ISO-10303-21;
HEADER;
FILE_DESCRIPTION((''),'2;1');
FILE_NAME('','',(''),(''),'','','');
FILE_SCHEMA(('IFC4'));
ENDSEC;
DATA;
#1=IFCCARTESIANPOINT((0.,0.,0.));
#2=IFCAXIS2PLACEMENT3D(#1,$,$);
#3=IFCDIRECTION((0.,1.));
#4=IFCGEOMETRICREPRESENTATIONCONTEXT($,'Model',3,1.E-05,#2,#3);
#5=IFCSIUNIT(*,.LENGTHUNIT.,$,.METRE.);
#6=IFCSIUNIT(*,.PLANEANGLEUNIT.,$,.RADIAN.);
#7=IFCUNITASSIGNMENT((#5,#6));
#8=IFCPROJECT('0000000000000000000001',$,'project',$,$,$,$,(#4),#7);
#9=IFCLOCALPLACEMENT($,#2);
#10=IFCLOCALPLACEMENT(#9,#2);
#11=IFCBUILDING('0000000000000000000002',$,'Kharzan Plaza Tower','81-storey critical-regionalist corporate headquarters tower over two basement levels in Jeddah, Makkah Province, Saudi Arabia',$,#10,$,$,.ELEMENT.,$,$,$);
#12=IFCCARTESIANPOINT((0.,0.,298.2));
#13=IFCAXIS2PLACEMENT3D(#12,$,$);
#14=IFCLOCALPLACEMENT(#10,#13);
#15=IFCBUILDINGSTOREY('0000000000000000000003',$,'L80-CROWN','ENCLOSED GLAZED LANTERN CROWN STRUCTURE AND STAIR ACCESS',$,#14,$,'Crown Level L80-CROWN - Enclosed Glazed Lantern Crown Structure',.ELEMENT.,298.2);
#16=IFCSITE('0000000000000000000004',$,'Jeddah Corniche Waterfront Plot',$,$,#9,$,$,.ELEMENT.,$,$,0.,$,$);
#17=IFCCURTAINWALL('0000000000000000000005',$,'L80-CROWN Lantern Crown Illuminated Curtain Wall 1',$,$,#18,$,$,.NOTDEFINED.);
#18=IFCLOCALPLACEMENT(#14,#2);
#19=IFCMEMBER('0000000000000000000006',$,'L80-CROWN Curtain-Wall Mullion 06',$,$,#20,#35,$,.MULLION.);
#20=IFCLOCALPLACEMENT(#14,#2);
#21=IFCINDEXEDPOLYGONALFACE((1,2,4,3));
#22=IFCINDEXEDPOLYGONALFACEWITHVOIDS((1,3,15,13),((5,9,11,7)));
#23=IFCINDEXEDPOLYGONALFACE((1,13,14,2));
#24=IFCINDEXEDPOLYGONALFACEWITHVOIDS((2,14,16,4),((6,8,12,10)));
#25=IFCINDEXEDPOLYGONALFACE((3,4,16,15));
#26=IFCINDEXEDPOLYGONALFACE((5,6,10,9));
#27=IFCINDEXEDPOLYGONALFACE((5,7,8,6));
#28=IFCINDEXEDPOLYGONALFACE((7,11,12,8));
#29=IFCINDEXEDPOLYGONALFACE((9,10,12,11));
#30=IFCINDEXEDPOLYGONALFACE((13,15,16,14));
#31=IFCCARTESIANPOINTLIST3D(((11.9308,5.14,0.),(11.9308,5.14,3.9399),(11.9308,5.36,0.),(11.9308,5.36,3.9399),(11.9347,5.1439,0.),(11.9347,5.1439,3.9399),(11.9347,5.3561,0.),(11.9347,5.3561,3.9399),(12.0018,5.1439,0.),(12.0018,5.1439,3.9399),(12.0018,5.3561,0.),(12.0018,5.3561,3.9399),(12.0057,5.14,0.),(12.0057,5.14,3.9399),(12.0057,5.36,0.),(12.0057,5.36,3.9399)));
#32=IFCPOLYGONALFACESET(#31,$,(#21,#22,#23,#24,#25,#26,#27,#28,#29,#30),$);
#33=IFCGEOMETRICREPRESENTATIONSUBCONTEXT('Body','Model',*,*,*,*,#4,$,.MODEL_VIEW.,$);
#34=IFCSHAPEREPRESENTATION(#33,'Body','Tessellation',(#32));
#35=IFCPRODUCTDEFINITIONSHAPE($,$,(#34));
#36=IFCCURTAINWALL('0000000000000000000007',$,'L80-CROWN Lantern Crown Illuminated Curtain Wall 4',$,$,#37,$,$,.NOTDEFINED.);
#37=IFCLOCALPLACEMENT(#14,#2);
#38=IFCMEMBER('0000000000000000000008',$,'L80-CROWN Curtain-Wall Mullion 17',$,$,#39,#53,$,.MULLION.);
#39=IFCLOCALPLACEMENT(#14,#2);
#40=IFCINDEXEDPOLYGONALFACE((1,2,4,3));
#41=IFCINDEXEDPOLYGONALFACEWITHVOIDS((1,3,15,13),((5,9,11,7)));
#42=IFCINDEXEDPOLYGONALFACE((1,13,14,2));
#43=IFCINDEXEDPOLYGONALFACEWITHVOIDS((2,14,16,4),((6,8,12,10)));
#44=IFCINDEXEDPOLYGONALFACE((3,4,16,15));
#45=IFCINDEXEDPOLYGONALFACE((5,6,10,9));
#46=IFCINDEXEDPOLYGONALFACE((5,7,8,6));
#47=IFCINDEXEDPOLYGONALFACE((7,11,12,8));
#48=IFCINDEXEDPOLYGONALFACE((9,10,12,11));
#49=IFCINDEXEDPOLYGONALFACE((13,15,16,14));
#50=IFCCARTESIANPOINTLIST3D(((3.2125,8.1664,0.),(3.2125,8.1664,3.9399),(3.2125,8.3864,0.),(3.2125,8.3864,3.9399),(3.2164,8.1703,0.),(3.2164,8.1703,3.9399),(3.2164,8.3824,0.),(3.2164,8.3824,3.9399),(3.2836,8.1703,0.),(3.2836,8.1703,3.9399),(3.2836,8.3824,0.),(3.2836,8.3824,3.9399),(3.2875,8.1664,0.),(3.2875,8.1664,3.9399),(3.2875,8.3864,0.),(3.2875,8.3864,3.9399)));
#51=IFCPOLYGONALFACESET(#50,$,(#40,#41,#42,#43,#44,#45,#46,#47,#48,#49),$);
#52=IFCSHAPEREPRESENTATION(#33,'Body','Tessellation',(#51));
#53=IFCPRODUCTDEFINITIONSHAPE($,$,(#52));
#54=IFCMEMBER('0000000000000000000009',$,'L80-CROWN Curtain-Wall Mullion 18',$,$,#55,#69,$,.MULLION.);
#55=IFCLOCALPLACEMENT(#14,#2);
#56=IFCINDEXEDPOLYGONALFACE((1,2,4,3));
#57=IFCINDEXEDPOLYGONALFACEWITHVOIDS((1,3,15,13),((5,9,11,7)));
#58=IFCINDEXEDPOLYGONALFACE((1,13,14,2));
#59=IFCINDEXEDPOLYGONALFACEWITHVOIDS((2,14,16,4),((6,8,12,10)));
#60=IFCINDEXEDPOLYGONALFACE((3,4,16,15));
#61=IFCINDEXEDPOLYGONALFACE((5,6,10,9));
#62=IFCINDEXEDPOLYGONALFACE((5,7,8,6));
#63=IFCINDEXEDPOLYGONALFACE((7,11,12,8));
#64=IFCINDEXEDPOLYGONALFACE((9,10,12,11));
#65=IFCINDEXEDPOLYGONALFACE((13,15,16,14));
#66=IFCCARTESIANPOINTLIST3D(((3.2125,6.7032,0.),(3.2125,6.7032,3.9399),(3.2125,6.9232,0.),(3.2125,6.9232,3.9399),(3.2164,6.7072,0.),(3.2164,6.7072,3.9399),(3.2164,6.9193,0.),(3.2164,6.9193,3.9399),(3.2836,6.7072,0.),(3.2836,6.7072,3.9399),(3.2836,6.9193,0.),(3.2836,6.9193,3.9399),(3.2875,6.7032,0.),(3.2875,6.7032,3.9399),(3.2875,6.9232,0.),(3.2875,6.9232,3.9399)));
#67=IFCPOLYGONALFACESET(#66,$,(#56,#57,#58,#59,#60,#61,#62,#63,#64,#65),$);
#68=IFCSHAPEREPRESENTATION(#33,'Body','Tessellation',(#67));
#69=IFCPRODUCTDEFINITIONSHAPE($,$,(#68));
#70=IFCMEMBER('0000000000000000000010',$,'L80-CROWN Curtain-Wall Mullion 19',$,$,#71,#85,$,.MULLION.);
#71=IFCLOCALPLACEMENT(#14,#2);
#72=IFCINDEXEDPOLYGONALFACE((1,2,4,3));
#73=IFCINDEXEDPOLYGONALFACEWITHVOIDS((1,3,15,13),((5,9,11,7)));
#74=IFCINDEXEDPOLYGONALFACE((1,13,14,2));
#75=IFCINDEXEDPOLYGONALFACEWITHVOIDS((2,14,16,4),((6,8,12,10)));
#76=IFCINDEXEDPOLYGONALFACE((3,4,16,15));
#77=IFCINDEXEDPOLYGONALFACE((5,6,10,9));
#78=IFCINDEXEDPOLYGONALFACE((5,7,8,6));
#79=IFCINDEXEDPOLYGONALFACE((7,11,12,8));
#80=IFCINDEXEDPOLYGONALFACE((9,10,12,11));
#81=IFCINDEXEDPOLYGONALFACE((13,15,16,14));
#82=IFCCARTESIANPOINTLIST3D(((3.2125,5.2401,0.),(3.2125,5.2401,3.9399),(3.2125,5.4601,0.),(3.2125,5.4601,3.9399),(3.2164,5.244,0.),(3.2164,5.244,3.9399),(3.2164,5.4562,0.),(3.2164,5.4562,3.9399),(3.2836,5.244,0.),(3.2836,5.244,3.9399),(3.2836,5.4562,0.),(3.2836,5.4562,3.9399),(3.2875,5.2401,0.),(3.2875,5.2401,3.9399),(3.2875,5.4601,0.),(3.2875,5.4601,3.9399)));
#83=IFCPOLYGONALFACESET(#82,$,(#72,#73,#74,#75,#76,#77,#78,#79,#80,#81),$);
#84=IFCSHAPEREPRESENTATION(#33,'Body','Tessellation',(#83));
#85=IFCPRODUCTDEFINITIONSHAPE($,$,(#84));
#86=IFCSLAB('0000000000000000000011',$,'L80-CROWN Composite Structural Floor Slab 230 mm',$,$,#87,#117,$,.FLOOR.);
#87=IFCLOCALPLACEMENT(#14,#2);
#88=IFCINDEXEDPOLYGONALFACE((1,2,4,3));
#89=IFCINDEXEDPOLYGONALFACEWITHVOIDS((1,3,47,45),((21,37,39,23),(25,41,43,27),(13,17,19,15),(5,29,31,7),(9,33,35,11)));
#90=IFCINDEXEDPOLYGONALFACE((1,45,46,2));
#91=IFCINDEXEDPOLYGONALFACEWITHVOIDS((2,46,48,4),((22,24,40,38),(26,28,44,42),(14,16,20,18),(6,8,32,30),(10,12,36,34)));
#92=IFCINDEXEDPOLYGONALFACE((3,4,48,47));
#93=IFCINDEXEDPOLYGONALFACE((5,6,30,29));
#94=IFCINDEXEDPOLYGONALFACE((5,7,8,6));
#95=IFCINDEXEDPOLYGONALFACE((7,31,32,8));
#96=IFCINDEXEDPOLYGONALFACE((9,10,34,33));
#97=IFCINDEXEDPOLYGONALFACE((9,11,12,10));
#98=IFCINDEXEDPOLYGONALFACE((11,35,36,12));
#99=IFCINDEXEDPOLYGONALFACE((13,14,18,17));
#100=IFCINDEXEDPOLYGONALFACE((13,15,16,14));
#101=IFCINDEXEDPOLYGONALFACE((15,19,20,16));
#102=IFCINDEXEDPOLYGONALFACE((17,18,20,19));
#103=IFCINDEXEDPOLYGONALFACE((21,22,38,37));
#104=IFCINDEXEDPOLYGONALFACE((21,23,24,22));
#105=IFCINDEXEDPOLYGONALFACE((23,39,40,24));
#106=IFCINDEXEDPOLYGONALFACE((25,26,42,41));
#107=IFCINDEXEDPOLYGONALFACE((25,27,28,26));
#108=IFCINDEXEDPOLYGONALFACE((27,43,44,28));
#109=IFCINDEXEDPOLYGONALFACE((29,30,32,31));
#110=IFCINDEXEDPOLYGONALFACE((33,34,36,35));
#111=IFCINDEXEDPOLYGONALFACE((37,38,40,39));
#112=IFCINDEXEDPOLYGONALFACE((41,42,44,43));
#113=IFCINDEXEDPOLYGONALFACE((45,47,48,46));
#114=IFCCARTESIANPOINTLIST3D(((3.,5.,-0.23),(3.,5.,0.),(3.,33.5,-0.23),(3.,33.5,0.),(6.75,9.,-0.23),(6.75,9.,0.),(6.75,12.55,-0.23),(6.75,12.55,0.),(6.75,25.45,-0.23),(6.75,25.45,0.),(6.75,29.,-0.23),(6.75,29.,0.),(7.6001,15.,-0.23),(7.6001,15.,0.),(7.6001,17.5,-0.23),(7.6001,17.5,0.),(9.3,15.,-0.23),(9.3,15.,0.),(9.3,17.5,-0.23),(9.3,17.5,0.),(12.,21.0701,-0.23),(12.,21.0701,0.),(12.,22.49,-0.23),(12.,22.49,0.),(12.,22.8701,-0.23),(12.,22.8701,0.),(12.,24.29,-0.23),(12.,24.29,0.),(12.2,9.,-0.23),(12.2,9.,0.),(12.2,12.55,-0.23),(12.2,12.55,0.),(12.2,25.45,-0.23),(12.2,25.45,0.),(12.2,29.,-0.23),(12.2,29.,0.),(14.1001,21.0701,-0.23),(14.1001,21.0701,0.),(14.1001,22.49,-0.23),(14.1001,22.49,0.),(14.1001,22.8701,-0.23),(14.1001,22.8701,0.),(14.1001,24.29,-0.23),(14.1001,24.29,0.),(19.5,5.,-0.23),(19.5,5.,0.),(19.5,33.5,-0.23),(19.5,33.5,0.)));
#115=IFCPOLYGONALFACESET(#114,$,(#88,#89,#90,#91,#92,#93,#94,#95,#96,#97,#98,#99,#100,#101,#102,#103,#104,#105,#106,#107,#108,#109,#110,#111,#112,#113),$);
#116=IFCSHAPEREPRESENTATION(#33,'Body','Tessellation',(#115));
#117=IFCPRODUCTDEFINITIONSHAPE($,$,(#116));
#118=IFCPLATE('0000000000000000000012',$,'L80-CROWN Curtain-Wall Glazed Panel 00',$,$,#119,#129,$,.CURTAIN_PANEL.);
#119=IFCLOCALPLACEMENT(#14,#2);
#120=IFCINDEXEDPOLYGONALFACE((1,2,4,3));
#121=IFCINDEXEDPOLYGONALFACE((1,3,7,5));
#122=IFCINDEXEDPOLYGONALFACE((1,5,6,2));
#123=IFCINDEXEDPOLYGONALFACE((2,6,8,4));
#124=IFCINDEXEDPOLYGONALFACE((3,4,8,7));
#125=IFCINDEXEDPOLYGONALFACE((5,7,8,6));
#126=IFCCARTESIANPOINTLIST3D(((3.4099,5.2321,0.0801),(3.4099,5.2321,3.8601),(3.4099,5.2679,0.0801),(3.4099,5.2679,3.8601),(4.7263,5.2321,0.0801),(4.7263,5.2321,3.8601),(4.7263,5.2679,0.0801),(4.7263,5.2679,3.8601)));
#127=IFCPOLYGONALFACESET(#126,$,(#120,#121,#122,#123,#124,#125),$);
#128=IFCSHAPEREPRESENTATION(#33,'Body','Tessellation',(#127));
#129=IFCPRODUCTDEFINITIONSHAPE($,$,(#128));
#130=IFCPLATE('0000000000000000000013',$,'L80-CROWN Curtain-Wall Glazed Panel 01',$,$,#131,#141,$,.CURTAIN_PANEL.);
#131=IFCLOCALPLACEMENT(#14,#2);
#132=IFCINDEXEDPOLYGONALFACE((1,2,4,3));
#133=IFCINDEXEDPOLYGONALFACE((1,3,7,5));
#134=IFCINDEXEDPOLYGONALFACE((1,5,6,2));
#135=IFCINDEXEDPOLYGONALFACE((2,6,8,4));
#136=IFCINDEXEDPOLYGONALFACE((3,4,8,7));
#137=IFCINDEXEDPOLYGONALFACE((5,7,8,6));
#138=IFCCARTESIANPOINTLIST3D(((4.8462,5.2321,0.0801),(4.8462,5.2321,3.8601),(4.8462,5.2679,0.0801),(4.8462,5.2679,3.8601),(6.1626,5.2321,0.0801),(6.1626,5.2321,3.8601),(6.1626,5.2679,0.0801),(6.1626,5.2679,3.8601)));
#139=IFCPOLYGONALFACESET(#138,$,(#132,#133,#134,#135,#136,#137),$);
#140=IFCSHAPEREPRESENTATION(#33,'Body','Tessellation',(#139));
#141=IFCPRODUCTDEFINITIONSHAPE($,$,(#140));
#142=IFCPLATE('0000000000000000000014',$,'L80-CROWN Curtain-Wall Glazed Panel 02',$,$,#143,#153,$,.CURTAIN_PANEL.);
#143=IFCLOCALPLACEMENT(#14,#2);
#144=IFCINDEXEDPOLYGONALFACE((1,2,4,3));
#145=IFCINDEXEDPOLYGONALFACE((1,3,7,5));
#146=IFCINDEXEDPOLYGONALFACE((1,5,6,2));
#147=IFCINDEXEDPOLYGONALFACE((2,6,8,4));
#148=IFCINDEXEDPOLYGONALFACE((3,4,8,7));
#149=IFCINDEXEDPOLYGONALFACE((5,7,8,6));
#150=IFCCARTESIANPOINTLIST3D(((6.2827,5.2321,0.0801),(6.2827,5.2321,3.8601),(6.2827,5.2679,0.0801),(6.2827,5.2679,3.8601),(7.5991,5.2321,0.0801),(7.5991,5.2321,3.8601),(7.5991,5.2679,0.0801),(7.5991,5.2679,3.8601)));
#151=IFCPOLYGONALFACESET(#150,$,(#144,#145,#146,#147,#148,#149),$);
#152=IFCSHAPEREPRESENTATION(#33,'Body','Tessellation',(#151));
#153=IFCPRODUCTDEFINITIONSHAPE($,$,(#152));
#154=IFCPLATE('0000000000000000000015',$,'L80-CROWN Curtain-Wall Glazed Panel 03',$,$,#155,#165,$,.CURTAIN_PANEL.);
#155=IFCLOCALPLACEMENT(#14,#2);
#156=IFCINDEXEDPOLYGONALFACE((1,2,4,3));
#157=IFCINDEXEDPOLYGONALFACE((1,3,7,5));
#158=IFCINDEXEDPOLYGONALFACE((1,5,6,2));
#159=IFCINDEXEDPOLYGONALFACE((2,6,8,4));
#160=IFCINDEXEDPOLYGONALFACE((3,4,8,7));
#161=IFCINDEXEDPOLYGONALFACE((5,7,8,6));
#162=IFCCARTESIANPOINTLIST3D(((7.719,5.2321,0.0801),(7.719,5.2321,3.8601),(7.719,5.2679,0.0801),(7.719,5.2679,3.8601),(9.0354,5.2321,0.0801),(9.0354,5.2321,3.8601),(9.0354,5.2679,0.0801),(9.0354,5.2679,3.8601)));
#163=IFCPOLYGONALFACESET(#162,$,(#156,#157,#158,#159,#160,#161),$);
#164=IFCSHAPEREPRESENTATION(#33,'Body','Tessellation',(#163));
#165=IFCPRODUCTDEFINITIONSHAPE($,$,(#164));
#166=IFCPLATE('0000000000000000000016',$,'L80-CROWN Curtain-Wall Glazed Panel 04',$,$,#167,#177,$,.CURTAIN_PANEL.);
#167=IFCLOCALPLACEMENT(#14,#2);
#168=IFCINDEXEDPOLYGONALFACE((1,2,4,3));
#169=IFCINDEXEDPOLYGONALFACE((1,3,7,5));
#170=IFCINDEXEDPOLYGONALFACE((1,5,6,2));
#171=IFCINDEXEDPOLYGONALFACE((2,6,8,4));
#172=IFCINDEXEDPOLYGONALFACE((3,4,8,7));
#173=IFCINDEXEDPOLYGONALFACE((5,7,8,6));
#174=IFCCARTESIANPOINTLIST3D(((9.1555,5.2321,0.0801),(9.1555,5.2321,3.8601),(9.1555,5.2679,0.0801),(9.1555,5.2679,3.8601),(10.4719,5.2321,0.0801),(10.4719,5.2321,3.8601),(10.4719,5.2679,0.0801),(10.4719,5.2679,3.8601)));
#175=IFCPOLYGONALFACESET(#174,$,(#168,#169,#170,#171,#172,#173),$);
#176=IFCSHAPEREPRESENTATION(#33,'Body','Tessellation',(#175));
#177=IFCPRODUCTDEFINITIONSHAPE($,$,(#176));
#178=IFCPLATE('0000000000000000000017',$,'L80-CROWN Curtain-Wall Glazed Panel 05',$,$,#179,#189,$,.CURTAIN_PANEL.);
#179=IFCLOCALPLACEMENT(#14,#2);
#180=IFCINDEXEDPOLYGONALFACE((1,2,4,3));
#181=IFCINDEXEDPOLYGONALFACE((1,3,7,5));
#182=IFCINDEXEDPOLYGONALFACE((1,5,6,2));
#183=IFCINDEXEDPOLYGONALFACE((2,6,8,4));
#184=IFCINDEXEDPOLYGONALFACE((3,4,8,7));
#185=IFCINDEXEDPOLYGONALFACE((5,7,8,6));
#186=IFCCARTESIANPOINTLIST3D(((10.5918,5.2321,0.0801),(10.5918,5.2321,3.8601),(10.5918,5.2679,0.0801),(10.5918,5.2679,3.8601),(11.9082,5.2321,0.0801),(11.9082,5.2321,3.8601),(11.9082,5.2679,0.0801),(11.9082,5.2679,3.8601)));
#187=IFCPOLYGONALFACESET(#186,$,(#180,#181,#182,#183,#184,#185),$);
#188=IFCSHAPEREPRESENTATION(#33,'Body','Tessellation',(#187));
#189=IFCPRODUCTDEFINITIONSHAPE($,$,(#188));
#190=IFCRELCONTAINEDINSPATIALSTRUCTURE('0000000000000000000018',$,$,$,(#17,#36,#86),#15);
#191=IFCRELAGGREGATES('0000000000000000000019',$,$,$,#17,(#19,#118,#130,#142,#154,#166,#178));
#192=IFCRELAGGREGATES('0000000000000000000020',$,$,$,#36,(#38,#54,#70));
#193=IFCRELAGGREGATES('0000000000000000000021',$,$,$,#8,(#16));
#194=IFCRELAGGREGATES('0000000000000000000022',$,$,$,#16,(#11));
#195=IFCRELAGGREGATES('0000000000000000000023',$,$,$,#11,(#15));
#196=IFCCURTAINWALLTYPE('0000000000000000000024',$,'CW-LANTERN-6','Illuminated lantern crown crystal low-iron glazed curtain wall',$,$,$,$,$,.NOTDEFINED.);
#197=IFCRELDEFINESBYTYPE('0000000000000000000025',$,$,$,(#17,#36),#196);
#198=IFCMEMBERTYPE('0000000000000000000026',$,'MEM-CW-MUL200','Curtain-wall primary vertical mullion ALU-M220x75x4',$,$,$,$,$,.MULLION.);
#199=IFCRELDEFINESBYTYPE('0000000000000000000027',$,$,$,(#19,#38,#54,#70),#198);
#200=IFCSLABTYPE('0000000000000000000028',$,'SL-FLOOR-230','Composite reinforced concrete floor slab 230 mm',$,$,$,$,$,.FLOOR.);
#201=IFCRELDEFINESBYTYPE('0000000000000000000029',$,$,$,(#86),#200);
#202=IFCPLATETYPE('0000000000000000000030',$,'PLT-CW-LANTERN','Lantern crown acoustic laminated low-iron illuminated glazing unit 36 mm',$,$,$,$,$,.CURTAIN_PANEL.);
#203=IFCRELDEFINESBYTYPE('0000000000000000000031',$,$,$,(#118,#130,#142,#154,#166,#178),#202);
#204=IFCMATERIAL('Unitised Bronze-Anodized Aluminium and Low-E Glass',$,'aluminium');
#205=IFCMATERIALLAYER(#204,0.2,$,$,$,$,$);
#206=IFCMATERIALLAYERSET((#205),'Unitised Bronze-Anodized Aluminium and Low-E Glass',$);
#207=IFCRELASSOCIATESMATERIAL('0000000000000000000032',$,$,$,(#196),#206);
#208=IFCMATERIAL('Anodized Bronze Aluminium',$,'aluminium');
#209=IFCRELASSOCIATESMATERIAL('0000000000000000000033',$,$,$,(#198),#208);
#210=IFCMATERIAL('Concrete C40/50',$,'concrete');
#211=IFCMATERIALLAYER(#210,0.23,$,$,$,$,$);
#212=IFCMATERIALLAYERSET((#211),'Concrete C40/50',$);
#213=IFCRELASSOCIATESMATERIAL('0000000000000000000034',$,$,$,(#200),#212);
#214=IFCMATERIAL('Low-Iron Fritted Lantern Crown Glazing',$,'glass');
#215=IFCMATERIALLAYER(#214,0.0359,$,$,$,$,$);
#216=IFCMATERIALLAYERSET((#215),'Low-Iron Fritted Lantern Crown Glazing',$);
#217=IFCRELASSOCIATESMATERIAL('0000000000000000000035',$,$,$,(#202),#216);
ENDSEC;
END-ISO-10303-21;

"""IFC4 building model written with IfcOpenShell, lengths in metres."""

from ifc_helpers import new_model, si_unit, direction, frame, origin, origin_2d, place, context, subcontext, project, spatial, polyline, rectangle, hollow_rectangle, outline, extrude, source, transform, mapped, material, layer, layer_set, material_profile, profile_set, type_object, element, aggregate, save


model = new_model("IFC4")

# Units and contexts
model_context = context("Model", 3, precision=1e-05, world=origin(), true_north=direction((0.0, 1.0)))
body_context = subcontext(model_context, "Body", "Model", "MODEL_VIEW")
ifc_project = project(units=[si_unit("LENGTHUNIT", "METRE"), si_unit("PLANEANGLEUNIT", "RADIAN")], contexts=[model_context])

# Site, building, storey
site_placement = place(None, origin())
site = spatial("IfcSite", under=ifc_project, at=site_placement, Name="Jeddah Corniche Waterfront Plot", CompositionType="ELEMENT", RefElevation=0.0)
building_placement = place(site_placement, origin())
building = spatial("IfcBuilding", under=site, at=building_placement, Name="Kharzan Plaza Tower", Description="81-storey critical-regionalist corporate headquarters tower over two basement levels in Jeddah, Makkah Province, Saudi Arabia", CompositionType="ELEMENT")
storey_placement = place(building_placement, frame((0.0, 0.0, 298.2)))
storey = spatial("IfcBuildingStorey", under=building, at=storey_placement, Name="L80-CROWN", Description="ENCLOSED GLAZED LANTERN CROWN STRUCTURE AND STAIR ACCESS", LongName="Crown Level L80-CROWN - Enclosed Glazed Lantern Crown Structure", CompositionType="ELEMENT", Elevation=298.2)

# Curtain walls, members
ifc_material_1 = material(Name="Unitised Bronze-Anodized Aluminium and Low-E Glass", Category="aluminium")
ifc_layer_1 = layer(ifc_material_1, 0.2)
ifc_layer_set_1 = layer_set([ifc_layer_1], Name="Unitised Bronze-Anodized Aluminium and Low-E Glass")
curtain_wall_type = type_object("IfcCurtainWallType", Name="CW-LANTERN-6", Description="Illuminated lantern crown crystal low-iron glazed curtain wall", PredefinedType="NOTDEFINED", material=ifc_layer_set_1)
curtain_wall_1_placement = place(storey_placement, origin())
curtain_wall_1 = element("IfcCurtainWall", 1, at=curtain_wall_1_placement, inside=storey, type_object=curtain_wall_type, Name="L80-CROWN Lantern Crown Illuminated Curtain Wall 1", PredefinedType="NOTDEFINED")
ifc_material_2 = material(Name="Anodized Bronze Aluminium", Category="aluminium")
ifc_material_profile_1 = material_profile(ifc_material_2, hollow_rectangle(XDim=0.075, YDim=0.22, WallThickness=0.0039, at=origin_2d()), Name="ALU-M220x75x4")
ifc_profile_set_1 = profile_set([ifc_material_profile_1], Name="Anodized Bronze Aluminium")
member_type_1 = type_object("IfcMemberType", Name="MEM-CW-MUL200", Description="Curtain-wall primary vertical mullion ALU-M220x75x4", PredefinedType="MULLION", material=ifc_profile_set_1)
shared_shape_1 = source(origin(), body_context, "Body", "SweptSolid", [
    extrude(hollow_rectangle(XDim=0.075, YDim=0.22, WallThickness=0.0039, at=origin_2d()), origin(), (0.0, 0.0, 1.0), 3.9399),
])
member_1_placement = place(storey_placement, frame((11.9683, 5.25, 0.0), z_axis=(0.0, 0.0, 1.0), x_axis=(1.0, 0.0, 0.0)))
member_1 = element("IfcMember", 2, at=member_1_placement, type_object=member_type_1, Name="L80-CROWN Curtain-Wall Mullion 06", PredefinedType="MULLION", context=body_context, shape_type="MappedRepresentation", body=[
    mapped(shared_shape_1, transform((0.0, 0.0, 0.0), x_axis=(1.0, 0.0, 0.0), y_axis=(0.0, 1.0, 0.0), z_axis=(0.0, 0.0, 1.0))),
])
curtain_wall_2_placement = place(storey_placement, origin())
curtain_wall_2 = element("IfcCurtainWall", 3, at=curtain_wall_2_placement, inside=storey, type_object=curtain_wall_type, Name="L80-CROWN Lantern Crown Illuminated Curtain Wall 4", PredefinedType="NOTDEFINED")
member_2_placement = place(storey_placement, frame((3.25, 8.2764, 0.0), z_axis=(0.0, 0.0, 1.0), x_axis=(1.0, 0.0, 0.0)))
member_2 = element("IfcMember", 4, at=member_2_placement, type_object=member_type_1, Name="L80-CROWN Curtain-Wall Mullion 17", PredefinedType="MULLION", context=body_context, shape_type="MappedRepresentation", body=[
    mapped(shared_shape_1, transform((0.0, 0.0, 0.0), x_axis=(1.0, 0.0, 0.0), y_axis=(0.0, 1.0, 0.0), z_axis=(0.0, 0.0, 1.0))),
])
member_3_placement = place(storey_placement, frame((3.25, 6.8132, 0.0), z_axis=(0.0, 0.0, 1.0), x_axis=(1.0, 0.0, 0.0)))
member_3 = element("IfcMember", 5, at=member_3_placement, type_object=member_type_1, Name="L80-CROWN Curtain-Wall Mullion 18", PredefinedType="MULLION", context=body_context, shape_type="MappedRepresentation", body=[
    mapped(shared_shape_1, transform((0.0, 0.0, 0.0), x_axis=(1.0, 0.0, 0.0), y_axis=(0.0, 1.0, 0.0), z_axis=(0.0, 0.0, 1.0))),
])
member_4_placement = place(storey_placement, frame((3.25, 5.3501, 0.0), z_axis=(0.0, 0.0, 1.0), x_axis=(1.0, 0.0, 0.0)))
member_4 = element("IfcMember", 6, at=member_4_placement, type_object=member_type_1, Name="L80-CROWN Curtain-Wall Mullion 19", PredefinedType="MULLION", context=body_context, shape_type="MappedRepresentation", body=[
    mapped(shared_shape_1, transform((0.0, 0.0, 0.0), x_axis=(1.0, 0.0, 0.0), y_axis=(0.0, 1.0, 0.0), z_axis=(0.0, 0.0, 1.0))),
])

# Slab
ifc_material_3 = material(Name="Concrete C40/50", Category="concrete")
ifc_layer_2 = layer(ifc_material_3, 0.23)
ifc_layer_set_2 = layer_set([ifc_layer_2], Name="Concrete C40/50")
slab_type = type_object("IfcSlabType", Name="SL-FLOOR-230", Description="Composite reinforced concrete floor slab 230 mm", PredefinedType="FLOOR", material=ifc_layer_set_2)
slab_placement = place(storey_placement, frame((0.0, 0.0, -0.23)))
element("IfcSlab", 7, at=slab_placement, inside=storey, type_object=slab_type, Name="L80-CROWN Composite Structural Floor Slab 230 mm", PredefinedType="FLOOR", context=body_context, shape_type="SweptSolid", body=[
    extrude(outline(polyline([(3.0, 5.0), (19.5, 5.0), (19.5, 33.5), (3.0, 33.5), (3.0, 5.0)]), holes=[polyline([(6.75, 12.55), (6.75, 9.0), (12.2, 9.0), (12.2, 12.55), (6.75, 12.55)]), polyline([(7.6001, 17.5), (7.6001, 15.0), (9.3, 15.0), (9.3, 17.5), (7.6001, 17.5)]), polyline([(12.0, 22.49), (12.0, 21.0701), (14.1001, 21.0701), (14.1001, 22.49), (12.0, 22.49)]), polyline([(14.1001, 24.29), (12.0, 24.29), (12.0, 22.8701), (14.1001, 22.8701), (14.1001, 24.29)]), polyline([(12.2, 29.0), (6.75, 29.0), (6.75, 25.45), (12.2, 25.45), (12.2, 29.0)])]), origin(), (0.0, 0.0, 1.0), 0.23),
])

# Plates
ifc_material_4 = material(Name="Low-Iron Fritted Lantern Crown Glazing", Category="glass")
ifc_layer_3 = layer(ifc_material_4, 0.0359)
ifc_layer_set_3 = layer_set([ifc_layer_3], Name="Low-Iron Fritted Lantern Crown Glazing")
plate_type = type_object("IfcPlateType", Name="PLT-CW-LANTERN", Description="Lantern crown acoustic laminated low-iron illuminated glazing unit 36 mm", PredefinedType="CURTAIN_PANEL", material=ifc_layer_set_3)
shared_shape_2 = source(origin(), body_context, "Body", "SweptSolid", [
    extrude(rectangle(XDim=1.3164, YDim=0.0359, at=origin_2d()), origin(), (0.0, 0.0, 1.0), 3.78),
])
plate_1_placement = place(storey_placement, frame((4.0681, 5.25, 0.0801), z_axis=(0.0, 0.0, 1.0), x_axis=(1.0, 0.0, 0.0)))
plate_1 = element("IfcPlate", 8, at=plate_1_placement, type_object=plate_type, Name="L80-CROWN Curtain-Wall Glazed Panel 00", PredefinedType="CURTAIN_PANEL", context=body_context, shape_type="MappedRepresentation", body=[
    mapped(shared_shape_2, transform((0.0, 0.0, 0.0), x_axis=(1.0, 0.0, 0.0), y_axis=(0.0, 1.0, 0.0), z_axis=(0.0, 0.0, 1.0))),
])
plate_2_placement = place(storey_placement, frame((5.5044, 5.25, 0.0801), z_axis=(0.0, 0.0, 1.0), x_axis=(1.0, 0.0, 0.0)))
plate_2 = element("IfcPlate", 9, at=plate_2_placement, type_object=plate_type, Name="L80-CROWN Curtain-Wall Glazed Panel 01", PredefinedType="CURTAIN_PANEL", context=body_context, shape_type="MappedRepresentation", body=[
    mapped(shared_shape_2, transform((0.0, 0.0, 0.0), x_axis=(1.0, 0.0, 0.0), y_axis=(0.0, 1.0, 0.0), z_axis=(0.0, 0.0, 1.0))),
])
plate_3_placement = place(storey_placement, frame((6.9409, 5.25, 0.0801), z_axis=(0.0, 0.0, 1.0), x_axis=(1.0, 0.0, 0.0)))
plate_3 = element("IfcPlate", 10, at=plate_3_placement, type_object=plate_type, Name="L80-CROWN Curtain-Wall Glazed Panel 02", PredefinedType="CURTAIN_PANEL", context=body_context, shape_type="MappedRepresentation", body=[
    mapped(shared_shape_2, transform((0.0, 0.0, 0.0), x_axis=(1.0, 0.0, 0.0), y_axis=(0.0, 1.0, 0.0), z_axis=(0.0, 0.0, 1.0))),
])
plate_4_placement = place(storey_placement, frame((8.3772, 5.25, 0.0801), z_axis=(0.0, 0.0, 1.0), x_axis=(1.0, 0.0, 0.0)))
plate_4 = element("IfcPlate", 11, at=plate_4_placement, type_object=plate_type, Name="L80-CROWN Curtain-Wall Glazed Panel 03", PredefinedType="CURTAIN_PANEL", context=body_context, shape_type="MappedRepresentation", body=[
    mapped(shared_shape_2, transform((0.0, 0.0, 0.0), x_axis=(1.0, 0.0, 0.0), y_axis=(0.0, 1.0, 0.0), z_axis=(0.0, 0.0, 1.0))),
])
plate_5_placement = place(storey_placement, frame((9.8137, 5.25, 0.0801), z_axis=(0.0, 0.0, 1.0), x_axis=(1.0, 0.0, 0.0)))
plate_5 = element("IfcPlate", 12, at=plate_5_placement, type_object=plate_type, Name="L80-CROWN Curtain-Wall Glazed Panel 04", PredefinedType="CURTAIN_PANEL", context=body_context, shape_type="MappedRepresentation", body=[
    mapped(shared_shape_2, transform((0.0, 0.0, 0.0), x_axis=(1.0, 0.0, 0.0), y_axis=(0.0, 1.0, 0.0), z_axis=(0.0, 0.0, 1.0))),
])
plate_6_placement = place(storey_placement, frame((11.25, 5.25, 0.0801), z_axis=(0.0, 0.0, 1.0), x_axis=(1.0, 0.0, 0.0)))
plate_6 = element("IfcPlate", 13, at=plate_6_placement, type_object=plate_type, Name="L80-CROWN Curtain-Wall Glazed Panel 05", PredefinedType="CURTAIN_PANEL", context=body_context, shape_type="MappedRepresentation", body=[
    mapped(shared_shape_2, transform((0.0, 0.0, 0.0), x_axis=(1.0, 0.0, 0.0), y_axis=(0.0, 1.0, 0.0), z_axis=(0.0, 0.0, 1.0))),
])
aggregate(curtain_wall_1, [member_1, plate_1, plate_2, plate_3, plate_4, plate_5, plate_6])
aggregate(curtain_wall_2, [member_2, member_3, member_4])

save(model, "model.ifc")
